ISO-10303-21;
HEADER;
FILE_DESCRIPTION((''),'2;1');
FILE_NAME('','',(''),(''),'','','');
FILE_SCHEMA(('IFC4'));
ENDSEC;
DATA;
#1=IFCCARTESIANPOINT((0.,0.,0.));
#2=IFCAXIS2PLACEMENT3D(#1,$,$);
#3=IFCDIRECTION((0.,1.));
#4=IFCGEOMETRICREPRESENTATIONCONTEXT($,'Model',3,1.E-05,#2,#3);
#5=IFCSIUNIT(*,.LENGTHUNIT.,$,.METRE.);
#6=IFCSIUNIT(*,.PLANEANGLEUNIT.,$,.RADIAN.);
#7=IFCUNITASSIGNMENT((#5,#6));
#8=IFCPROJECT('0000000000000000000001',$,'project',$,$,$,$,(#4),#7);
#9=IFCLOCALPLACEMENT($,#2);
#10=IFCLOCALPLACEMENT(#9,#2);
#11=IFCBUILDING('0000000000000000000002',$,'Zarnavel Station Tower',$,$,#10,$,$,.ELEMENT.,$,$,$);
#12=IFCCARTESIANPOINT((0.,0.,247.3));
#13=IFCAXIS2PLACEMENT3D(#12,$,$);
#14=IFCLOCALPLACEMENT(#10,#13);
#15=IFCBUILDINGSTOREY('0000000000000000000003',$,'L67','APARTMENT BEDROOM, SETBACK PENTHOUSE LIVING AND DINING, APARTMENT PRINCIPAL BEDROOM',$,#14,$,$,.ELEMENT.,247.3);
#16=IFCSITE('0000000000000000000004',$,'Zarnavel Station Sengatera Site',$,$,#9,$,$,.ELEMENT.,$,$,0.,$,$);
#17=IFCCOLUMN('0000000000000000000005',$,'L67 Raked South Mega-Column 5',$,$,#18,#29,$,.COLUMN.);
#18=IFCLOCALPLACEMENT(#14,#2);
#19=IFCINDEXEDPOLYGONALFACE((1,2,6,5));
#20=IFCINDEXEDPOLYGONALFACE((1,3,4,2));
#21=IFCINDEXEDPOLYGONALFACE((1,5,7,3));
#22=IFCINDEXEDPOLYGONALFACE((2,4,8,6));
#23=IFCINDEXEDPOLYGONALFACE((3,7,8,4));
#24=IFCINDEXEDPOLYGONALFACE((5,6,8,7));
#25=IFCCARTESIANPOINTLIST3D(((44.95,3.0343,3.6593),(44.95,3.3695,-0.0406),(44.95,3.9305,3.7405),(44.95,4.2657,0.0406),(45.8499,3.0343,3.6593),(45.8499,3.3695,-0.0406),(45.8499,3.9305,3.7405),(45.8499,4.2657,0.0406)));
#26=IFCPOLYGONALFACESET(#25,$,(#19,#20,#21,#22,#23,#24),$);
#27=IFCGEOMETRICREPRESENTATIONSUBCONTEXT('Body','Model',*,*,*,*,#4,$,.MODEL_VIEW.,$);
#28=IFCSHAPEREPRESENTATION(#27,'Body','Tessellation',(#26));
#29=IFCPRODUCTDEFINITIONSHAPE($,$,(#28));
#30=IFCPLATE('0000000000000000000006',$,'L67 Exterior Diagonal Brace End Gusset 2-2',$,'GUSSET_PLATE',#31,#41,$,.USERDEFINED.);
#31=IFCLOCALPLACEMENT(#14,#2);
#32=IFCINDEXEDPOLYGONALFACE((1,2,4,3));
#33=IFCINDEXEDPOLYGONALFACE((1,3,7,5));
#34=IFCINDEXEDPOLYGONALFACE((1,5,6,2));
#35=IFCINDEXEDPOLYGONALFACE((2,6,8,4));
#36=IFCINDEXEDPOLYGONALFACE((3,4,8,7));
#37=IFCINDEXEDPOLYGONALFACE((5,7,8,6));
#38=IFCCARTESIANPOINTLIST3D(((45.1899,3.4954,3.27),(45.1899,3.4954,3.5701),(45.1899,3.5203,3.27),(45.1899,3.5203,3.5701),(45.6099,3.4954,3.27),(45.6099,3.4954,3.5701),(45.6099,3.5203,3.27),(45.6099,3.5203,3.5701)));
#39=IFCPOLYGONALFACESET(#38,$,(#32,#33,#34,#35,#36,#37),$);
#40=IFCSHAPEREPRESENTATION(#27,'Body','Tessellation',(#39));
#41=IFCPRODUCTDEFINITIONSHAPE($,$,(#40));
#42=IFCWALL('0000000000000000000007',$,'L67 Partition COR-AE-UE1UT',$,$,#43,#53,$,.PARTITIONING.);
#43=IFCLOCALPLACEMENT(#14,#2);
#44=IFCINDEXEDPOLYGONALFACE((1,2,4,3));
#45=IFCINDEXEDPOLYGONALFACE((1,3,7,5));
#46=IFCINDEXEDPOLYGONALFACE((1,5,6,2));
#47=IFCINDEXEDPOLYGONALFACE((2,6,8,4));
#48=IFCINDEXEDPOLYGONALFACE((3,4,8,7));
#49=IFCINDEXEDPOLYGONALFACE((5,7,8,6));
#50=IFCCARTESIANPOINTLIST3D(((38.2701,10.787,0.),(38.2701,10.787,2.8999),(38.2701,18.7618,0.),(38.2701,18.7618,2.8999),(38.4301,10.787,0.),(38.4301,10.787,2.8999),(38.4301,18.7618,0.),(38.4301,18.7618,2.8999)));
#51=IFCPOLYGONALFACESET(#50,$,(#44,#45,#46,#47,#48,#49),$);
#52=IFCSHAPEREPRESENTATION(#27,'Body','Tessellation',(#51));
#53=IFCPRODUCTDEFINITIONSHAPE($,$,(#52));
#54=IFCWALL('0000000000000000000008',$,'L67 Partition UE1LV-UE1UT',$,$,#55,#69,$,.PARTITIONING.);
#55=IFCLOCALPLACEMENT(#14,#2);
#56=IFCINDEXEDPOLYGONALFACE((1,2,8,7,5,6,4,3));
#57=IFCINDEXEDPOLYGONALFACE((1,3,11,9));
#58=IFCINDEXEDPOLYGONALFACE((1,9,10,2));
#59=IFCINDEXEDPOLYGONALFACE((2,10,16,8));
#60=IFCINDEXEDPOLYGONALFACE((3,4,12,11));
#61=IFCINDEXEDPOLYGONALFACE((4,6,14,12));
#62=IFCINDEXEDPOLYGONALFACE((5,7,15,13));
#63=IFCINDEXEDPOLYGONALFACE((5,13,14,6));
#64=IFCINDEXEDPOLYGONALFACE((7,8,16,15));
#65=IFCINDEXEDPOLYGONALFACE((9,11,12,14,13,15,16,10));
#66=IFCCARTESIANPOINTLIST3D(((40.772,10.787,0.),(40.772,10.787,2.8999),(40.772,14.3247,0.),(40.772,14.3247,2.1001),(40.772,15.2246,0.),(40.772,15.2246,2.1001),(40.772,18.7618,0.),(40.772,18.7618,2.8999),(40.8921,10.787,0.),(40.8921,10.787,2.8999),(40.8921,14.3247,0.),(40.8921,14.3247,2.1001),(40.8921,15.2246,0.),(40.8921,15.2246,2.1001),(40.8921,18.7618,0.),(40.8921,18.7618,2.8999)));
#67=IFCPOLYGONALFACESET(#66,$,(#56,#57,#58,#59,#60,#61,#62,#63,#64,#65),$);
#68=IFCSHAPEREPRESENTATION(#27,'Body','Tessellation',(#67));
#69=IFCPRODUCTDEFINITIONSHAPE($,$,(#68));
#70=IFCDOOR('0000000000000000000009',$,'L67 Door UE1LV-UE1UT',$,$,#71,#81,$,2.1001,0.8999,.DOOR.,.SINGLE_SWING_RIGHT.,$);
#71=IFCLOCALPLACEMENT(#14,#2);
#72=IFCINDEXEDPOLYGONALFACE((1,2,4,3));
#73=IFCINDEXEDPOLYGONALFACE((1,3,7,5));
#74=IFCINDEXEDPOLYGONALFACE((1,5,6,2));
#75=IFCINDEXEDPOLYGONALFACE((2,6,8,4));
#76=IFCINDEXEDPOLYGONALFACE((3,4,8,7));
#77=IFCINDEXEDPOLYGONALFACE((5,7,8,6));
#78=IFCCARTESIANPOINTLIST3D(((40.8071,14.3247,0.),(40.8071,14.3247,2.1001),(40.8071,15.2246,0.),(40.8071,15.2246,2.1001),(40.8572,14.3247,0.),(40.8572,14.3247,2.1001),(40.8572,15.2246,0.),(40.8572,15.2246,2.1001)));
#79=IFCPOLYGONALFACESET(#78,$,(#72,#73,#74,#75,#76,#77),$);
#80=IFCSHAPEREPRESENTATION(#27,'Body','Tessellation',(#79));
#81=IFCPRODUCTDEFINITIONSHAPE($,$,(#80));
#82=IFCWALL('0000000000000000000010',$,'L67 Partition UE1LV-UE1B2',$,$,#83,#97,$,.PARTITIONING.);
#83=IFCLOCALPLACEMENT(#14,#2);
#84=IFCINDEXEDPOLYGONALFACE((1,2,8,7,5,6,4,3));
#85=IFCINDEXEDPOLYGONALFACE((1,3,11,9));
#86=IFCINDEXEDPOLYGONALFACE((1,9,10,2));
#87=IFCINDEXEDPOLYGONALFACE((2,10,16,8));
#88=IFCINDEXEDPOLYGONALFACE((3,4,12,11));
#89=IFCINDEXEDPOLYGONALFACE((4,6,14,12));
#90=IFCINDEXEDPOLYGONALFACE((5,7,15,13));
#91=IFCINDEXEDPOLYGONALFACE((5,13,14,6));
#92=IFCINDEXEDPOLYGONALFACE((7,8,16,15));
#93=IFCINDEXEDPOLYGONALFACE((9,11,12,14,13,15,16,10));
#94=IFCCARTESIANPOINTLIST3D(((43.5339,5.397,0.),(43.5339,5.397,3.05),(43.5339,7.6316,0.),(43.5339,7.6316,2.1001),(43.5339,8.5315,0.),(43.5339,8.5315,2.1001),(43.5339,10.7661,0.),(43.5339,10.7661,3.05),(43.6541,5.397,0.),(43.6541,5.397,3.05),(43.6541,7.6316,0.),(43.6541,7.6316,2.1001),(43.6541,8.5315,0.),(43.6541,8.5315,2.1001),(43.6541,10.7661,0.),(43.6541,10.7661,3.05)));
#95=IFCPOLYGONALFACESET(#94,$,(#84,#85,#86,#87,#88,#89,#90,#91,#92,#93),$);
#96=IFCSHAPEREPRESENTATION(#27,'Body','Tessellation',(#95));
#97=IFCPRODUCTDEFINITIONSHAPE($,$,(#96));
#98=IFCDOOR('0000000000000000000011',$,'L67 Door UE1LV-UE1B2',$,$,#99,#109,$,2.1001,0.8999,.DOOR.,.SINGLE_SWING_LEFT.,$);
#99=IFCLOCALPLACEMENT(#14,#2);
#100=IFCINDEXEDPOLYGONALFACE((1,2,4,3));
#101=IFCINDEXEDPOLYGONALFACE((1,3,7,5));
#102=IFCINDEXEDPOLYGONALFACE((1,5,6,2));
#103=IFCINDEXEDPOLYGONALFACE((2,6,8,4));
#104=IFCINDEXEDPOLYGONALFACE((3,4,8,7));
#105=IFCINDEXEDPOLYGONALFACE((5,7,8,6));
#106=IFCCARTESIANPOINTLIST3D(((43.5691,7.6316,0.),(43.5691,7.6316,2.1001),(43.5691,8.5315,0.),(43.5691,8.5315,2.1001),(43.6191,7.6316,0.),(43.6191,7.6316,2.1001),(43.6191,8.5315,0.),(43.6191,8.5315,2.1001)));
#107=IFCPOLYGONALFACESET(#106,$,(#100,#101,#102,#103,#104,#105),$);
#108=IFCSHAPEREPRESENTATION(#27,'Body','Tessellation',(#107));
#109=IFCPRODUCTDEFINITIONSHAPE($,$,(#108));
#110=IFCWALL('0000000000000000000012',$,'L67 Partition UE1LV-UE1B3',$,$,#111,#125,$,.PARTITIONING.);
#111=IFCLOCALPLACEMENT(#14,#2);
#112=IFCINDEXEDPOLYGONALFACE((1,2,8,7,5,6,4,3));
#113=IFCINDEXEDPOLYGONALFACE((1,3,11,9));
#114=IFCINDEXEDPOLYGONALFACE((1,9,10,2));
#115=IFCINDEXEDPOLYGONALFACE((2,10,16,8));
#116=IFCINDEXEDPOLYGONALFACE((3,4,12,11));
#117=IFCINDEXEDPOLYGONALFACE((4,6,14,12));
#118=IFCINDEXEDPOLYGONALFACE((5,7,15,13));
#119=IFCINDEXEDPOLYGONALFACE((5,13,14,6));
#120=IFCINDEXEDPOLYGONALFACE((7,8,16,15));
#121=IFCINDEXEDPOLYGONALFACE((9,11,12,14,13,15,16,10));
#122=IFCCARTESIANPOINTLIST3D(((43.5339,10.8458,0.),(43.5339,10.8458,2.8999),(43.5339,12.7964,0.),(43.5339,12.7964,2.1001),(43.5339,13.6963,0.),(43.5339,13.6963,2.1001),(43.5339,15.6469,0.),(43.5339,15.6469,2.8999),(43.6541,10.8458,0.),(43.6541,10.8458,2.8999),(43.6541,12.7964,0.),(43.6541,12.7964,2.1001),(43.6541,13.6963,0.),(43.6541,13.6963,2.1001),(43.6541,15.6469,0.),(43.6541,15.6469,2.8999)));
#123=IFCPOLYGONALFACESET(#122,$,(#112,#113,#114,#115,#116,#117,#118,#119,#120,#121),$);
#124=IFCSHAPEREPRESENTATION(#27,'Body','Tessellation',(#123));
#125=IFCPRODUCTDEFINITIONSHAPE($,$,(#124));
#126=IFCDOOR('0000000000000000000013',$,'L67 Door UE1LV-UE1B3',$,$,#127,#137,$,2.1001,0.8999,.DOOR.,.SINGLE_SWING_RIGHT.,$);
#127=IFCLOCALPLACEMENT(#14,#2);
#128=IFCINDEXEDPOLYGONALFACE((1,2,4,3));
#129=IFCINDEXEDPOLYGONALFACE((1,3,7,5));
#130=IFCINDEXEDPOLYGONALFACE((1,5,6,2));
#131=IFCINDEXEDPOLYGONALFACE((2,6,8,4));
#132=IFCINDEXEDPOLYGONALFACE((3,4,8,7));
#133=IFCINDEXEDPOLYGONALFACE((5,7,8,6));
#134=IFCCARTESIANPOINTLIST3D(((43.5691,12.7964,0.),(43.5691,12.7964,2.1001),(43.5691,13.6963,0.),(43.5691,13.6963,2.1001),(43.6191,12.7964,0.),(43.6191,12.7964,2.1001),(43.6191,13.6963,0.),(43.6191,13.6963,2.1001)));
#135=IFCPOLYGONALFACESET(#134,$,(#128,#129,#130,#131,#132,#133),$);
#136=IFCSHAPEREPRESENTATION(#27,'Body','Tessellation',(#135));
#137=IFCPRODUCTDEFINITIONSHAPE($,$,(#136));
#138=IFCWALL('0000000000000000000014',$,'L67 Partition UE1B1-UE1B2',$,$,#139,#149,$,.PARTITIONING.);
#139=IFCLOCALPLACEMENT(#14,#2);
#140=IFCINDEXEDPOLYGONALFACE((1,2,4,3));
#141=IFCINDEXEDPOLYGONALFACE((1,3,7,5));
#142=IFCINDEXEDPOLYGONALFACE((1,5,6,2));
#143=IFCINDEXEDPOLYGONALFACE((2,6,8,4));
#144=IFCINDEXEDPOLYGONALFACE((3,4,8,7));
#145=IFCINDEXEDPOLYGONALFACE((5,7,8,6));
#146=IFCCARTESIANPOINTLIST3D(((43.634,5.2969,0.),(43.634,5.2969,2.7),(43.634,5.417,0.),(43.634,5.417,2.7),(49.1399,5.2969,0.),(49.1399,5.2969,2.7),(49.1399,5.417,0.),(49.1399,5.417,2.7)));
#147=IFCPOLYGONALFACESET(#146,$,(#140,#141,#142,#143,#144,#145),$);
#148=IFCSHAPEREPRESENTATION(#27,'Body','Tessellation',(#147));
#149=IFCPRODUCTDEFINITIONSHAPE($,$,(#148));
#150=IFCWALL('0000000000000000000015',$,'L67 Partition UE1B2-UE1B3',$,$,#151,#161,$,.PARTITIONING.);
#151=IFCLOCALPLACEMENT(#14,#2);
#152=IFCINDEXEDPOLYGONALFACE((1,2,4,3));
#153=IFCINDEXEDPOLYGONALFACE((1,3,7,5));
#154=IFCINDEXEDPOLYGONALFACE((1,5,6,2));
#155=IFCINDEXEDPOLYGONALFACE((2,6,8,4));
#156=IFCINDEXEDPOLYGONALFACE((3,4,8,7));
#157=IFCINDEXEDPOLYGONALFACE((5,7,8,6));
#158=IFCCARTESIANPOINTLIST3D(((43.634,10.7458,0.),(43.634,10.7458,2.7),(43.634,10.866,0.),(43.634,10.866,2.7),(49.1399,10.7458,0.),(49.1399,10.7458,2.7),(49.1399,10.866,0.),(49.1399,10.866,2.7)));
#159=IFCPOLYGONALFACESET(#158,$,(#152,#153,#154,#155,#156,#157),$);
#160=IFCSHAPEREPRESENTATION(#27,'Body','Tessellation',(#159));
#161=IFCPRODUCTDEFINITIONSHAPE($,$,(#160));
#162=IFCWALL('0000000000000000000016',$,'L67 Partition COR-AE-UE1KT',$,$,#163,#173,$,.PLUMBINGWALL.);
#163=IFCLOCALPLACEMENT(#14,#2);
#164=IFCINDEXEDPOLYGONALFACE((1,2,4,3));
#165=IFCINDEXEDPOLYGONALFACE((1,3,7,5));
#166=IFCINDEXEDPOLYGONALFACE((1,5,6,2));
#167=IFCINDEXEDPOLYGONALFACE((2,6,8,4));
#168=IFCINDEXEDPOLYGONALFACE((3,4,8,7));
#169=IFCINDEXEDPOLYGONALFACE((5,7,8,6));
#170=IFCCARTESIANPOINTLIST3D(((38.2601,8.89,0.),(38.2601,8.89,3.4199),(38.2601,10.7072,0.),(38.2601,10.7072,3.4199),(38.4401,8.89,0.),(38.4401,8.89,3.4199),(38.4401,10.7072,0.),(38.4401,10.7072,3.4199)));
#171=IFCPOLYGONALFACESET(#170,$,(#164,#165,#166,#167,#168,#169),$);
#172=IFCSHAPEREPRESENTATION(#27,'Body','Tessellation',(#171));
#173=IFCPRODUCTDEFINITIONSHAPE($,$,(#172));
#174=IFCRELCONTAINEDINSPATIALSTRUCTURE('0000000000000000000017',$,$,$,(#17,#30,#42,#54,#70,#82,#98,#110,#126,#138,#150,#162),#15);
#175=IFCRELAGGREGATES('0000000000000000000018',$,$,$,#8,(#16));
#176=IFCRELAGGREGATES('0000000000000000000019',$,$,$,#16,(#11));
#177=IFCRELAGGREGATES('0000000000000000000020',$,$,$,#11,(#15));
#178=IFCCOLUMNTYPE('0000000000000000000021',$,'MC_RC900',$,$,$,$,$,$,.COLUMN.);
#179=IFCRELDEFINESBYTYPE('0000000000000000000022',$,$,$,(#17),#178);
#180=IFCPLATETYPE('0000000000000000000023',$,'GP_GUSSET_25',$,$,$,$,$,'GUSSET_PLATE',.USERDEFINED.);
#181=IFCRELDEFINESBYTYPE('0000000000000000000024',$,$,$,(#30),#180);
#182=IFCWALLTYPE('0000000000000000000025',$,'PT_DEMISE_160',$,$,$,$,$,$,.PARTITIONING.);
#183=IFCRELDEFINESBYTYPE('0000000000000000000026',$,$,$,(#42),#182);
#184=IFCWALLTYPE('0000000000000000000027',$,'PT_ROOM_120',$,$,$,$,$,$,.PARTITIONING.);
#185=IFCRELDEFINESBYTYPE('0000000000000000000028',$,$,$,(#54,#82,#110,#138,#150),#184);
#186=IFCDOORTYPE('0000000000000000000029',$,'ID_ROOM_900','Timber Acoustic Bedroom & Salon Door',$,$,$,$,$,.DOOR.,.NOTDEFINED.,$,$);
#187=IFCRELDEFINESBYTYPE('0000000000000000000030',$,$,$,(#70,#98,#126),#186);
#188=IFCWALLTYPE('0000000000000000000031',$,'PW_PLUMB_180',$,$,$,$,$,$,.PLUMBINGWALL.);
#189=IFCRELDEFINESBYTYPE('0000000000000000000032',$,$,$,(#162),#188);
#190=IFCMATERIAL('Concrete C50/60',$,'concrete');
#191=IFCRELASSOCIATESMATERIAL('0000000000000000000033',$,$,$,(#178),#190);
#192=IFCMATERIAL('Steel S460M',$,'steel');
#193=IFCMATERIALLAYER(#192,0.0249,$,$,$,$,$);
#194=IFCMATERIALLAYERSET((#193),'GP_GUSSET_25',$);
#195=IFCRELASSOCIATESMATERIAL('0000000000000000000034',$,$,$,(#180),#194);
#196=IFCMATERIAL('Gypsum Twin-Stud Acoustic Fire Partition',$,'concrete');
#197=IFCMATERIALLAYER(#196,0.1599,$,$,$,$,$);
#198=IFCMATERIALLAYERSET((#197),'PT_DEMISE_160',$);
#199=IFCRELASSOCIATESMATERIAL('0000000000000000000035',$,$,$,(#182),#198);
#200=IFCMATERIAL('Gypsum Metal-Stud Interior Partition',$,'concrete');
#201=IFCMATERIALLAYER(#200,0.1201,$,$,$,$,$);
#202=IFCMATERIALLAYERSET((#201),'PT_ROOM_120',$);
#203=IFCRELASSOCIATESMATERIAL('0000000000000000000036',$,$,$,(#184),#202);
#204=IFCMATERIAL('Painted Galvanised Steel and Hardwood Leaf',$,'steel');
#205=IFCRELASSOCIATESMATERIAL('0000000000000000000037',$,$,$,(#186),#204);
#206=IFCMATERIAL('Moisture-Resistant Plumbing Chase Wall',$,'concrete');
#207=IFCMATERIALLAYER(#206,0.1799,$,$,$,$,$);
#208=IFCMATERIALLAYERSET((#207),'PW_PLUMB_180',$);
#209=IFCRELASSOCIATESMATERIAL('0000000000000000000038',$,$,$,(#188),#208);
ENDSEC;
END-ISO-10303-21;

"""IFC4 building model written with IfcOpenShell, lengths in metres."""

from ifc_helpers import new_model, si_unit, direction, frame, frame_2d, origin, origin_2d, place, context, subcontext, project, spatial, rectangle, extrude, material, layer, layer_set, material_profile, profile_set, type_object, element, fill, save


model = new_model("IFC4")

# Units and contexts
model_context = context("Model", 3, precision=1e-05, world=origin(), true_north=direction((0.0, 1.0)))
body_context = subcontext(model_context, "Body", "Model", "MODEL_VIEW")
ifc_project = project(units=[si_unit("LENGTHUNIT", "METRE"), si_unit("PLANEANGLEUNIT", "RADIAN")], contexts=[model_context])

# Site, building, storey
site_placement = place(None, origin())
site = spatial("IfcSite", under=ifc_project, at=site_placement, Name="Zarnavel Station Sengatera Site", CompositionType="ELEMENT", RefElevation=0.0)
building_placement = place(site_placement, origin())
building = spatial("IfcBuilding", under=site, at=building_placement, Name="Zarnavel Station Tower", CompositionType="ELEMENT")
storey_placement = place(building_placement, frame((0.0, 0.0, 247.3)))
storey = spatial("IfcBuildingStorey", under=building, at=storey_placement, Name="L67", Description="APARTMENT BEDROOM, SETBACK PENTHOUSE LIVING AND DINING, APARTMENT PRINCIPAL BEDROOM", CompositionType="ELEMENT", Elevation=247.3)

# Column
ifc_material_1 = material(Name="Concrete C50/60", Category="concrete")
ifc_material_profile = material_profile(ifc_material_1, rectangle(XDim=0.8999, YDim=0.8999, at=origin_2d()), Name="RC900x900")
ifc_profile_set = profile_set([ifc_material_profile], Name="Concrete C50/60")
column_type = type_object("IfcColumnType", Name="MC_RC900", PredefinedType="COLUMN", material=ifc_profile_set)
column_placement = place(storey_placement, frame((45.3999, 3.8176, 0.0), z_axis=(0.0, -0.090228, 0.995921), x_axis=(1.0, 0.0, 0.0)))
element("IfcColumn", 1, at=column_placement, inside=storey, type_object=column_type, Name="L67 Raked South Mega-Column 5", PredefinedType="COLUMN", context=body_context, shape_type="SweptSolid", body=[
    extrude(rectangle(XDim=0.8999, YDim=0.8999, at=origin_2d()), origin(), (0.0, 0.0, 1.0), 3.7151),
])

# Plate
ifc_material_2 = material(Name="Steel S460M", Category="steel")
ifc_layer_1 = layer(ifc_material_2, 0.0249)
ifc_layer_set_1 = layer_set([ifc_layer_1], Name="GP_GUSSET_25")
plate_type = type_object("IfcPlateType", Name="GP_GUSSET_25", ElementType="GUSSET_PLATE", PredefinedType="USERDEFINED", material=ifc_layer_set_1)
plate_placement = place(storey_placement, frame((45.3999, 3.5078, 3.27), z_axis=(0.0, 0.0, 1.0), x_axis=(1.0, 0.0, 0.0)))
element("IfcPlate", 2, at=plate_placement, inside=storey, type_object=plate_type, Name="L67 Exterior Diagonal Brace End Gusset 2-2", ObjectType="GUSSET_PLATE", PredefinedType="USERDEFINED", context=body_context, shape_type="SweptSolid", body=[
    extrude(rectangle(XDim=0.4199, YDim=0.0249, at=origin_2d()), origin(), (0.0, 0.0, 1.0), 0.3),
])

# Wall
ifc_material_3 = material(Name="Gypsum Twin-Stud Acoustic Fire Partition", Category="concrete")
ifc_layer_2 = layer(ifc_material_3, 0.1599)
ifc_layer_set_2 = layer_set([ifc_layer_2], Name="PT_DEMISE_160")
wall_type_1 = type_object("IfcWallType", Name="PT_DEMISE_160", PredefinedType="PARTITIONING", material=ifc_layer_set_2)
wall_1_placement = place(storey_placement, frame((38.3501, 10.7871, 0.0), z_axis=(0.0, 0.0, 1.0), x_axis=(0.0, 1.0, 0.0)))
element("IfcWall", 3, at=wall_1_placement, inside=storey, type_object=wall_type_1, Name="L67 Partition COR-AE-UE1UT", PredefinedType="PARTITIONING", context=body_context, shape_type="SweptSolid", body=[
    extrude(rectangle(XDim=7.9749, YDim=0.1599, at=frame_2d((3.9873, 0.0))), origin(), (0.0, 0.0, 1.0), 2.8999),
])

# Walls, openings, doors
ifc_material_4 = material(Name="Gypsum Metal-Stud Interior Partition", Category="concrete")
ifc_layer_3 = layer(ifc_material_4, 0.1201)
ifc_layer_set_3 = layer_set([ifc_layer_3], Name="PT_ROOM_120")
wall_type_2 = type_object("IfcWallType", Name="PT_ROOM_120", PredefinedType="PARTITIONING", material=ifc_layer_set_3)
wall_2_placement = place(storey_placement, frame((40.832, 10.7871, 0.0), z_axis=(0.0, 0.0, 1.0), x_axis=(0.0, 1.0, 0.0)))
wall_2 = element("IfcWall", 4, at=wall_2_placement, inside=storey, type_object=wall_type_2, Name="L67 Partition UE1LV-UE1UT", PredefinedType="PARTITIONING", context=body_context, shape_type="SweptSolid", body=[
    extrude(rectangle(XDim=7.9749, YDim=0.1201, at=frame_2d((3.9873, 0.0))), origin(), (0.0, 0.0, 1.0), 2.8999),
])
opening_1_placement = place(wall_2_placement, frame((3.5376, 0.0, 0.0)))
opening_1 = element("IfcOpeningElement", 5, at=opening_1_placement, cuts=wall_2, PredefinedType="OPENING", context=body_context, shape_type="SweptSolid", body=[
    extrude(rectangle(XDim=0.8999, YDim=2.1001, at=frame_2d((0.45, 1.05))), frame((0.0, 0.0701, 0.0), z_axis=(0.0, -1.0, 0.0), x_axis=(1.0, 0.0, 0.0)), (0.0, 0.0, 1.0), 0.1401),
])
ifc_material_5 = material(Name="Painted Galvanised Steel and Hardwood Leaf", Category="steel")
door_type = type_object("IfcDoorType", Name="ID_ROOM_900", Description="Timber Acoustic Bedroom & Salon Door", OperationType="NOTDEFINED", PredefinedType="DOOR", material=ifc_material_5)
door_1_placement = place(opening_1_placement, origin())
door_1 = element("IfcDoor", 6, at=door_1_placement, inside=storey, type_object=door_type, Name="L67 Door UE1LV-UE1UT", OperationType="SINGLE_SWING_RIGHT", OverallHeight=2.1001, OverallWidth=0.8999, PredefinedType="DOOR", context=body_context, shape_type="SweptSolid", body=[
    extrude(rectangle(XDim=0.8999, YDim=2.1001, at=frame_2d((0.45, 1.05))), frame((0.0, 0.0249, 0.0), z_axis=(0.0, -1.0, 0.0), x_axis=(1.0, 0.0, 0.0)), (0.0, 0.0, 1.0), 0.05),
])
fill(opening_1, door_1)
wall_3_placement = place(storey_placement, frame((43.594, 5.397, 0.0), z_axis=(0.0, 0.0, 1.0), x_axis=(0.0, 1.0, 0.0)))
wall_3 = element("IfcWall", 7, at=wall_3_placement, inside=storey, type_object=wall_type_2, Name="L67 Partition UE1LV-UE1B2", PredefinedType="PARTITIONING", context=body_context, shape_type="SweptSolid", body=[
    extrude(rectangle(XDim=5.3691, YDim=0.1201, at=frame_2d((2.6846, 0.0))), origin(), (0.0, 0.0, 1.0), 3.05),
])
opening_2_placement = place(wall_3_placement, frame((2.2346, 0.0, 0.0)))
opening_2 = element("IfcOpeningElement", 8, at=opening_2_placement, cuts=wall_3, PredefinedType="OPENING", context=body_context, shape_type="SweptSolid", body=[
    extrude(rectangle(XDim=0.8999, YDim=2.1001, at=frame_2d((0.45, 1.05))), frame((0.0, 0.0701, 0.0), z_axis=(0.0, -1.0, 0.0), x_axis=(1.0, 0.0, 0.0)), (0.0, 0.0, 1.0), 0.1401),
])
door_2_placement = place(opening_2_placement, origin())
door_2 = element("IfcDoor", 9, at=door_2_placement, inside=storey, type_object=door_type, Name="L67 Door UE1LV-UE1B2", OperationType="SINGLE_SWING_LEFT", OverallHeight=2.1001, OverallWidth=0.8999, PredefinedType="DOOR", context=body_context, shape_type="SweptSolid", body=[
    extrude(rectangle(XDim=0.8999, YDim=2.1001, at=frame_2d((0.45, 1.05))), frame((0.0, 0.0249, 0.0), z_axis=(0.0, -1.0, 0.0), x_axis=(1.0, 0.0, 0.0)), (0.0, 0.0, 1.0), 0.05),
])
fill(opening_2, door_2)
wall_4_placement = place(storey_placement, frame((43.594, 10.8459, 0.0), z_axis=(0.0, 0.0, 1.0), x_axis=(0.0, 1.0, 0.0)))
wall_4 = element("IfcWall", 10, at=wall_4_placement, inside=storey, type_object=wall_type_2, Name="L67 Partition UE1LV-UE1B3", PredefinedType="PARTITIONING", context=body_context, shape_type="SweptSolid", body=[
    extrude(rectangle(XDim=4.801, YDim=0.1201, at=frame_2d((2.4004, 0.0))), origin(), (0.0, 0.0, 1.0), 2.8999),
])
opening_3_placement = place(wall_4_placement, frame((1.9504, 0.0, 0.0)))
opening_3 = element("IfcOpeningElement", 11, at=opening_3_placement, cuts=wall_4, PredefinedType="OPENING", context=body_context, shape_type="SweptSolid", body=[
    extrude(rectangle(XDim=0.8999, YDim=2.1001, at=frame_2d((0.45, 1.05))), frame((0.0, 0.0701, 0.0), z_axis=(0.0, -1.0, 0.0), x_axis=(1.0, 0.0, 0.0)), (0.0, 0.0, 1.0), 0.1401),
])
door_3_placement = place(opening_3_placement, origin())
door_3 = element("IfcDoor", 12, at=door_3_placement, inside=storey, type_object=door_type, Name="L67 Door UE1LV-UE1B3", OperationType="SINGLE_SWING_RIGHT", OverallHeight=2.1001, OverallWidth=0.8999, PredefinedType="DOOR", context=body_context, shape_type="SweptSolid", body=[
    extrude(rectangle(XDim=0.8999, YDim=2.1001, at=frame_2d((0.45, 1.05))), frame((0.0, 0.0249, 0.0), z_axis=(0.0, -1.0, 0.0), x_axis=(1.0, 0.0, 0.0)), (0.0, 0.0, 1.0), 0.05),
])
fill(opening_3, door_3)

# Walls
for number, where, z_axis, x_axis, name in (
    (13, (43.634, 5.3569, 0.0), (0.0, 0.0, 1.0), (1.0, 0.0, 0.0), "L67 Partition UE1B1-UE1B2"),
    (14, (43.634, 10.8059, 0.0), (0.0, 0.0, 1.0), (1.0, 0.0, 0.0), "L67 Partition UE1B2-UE1B3"),
):
    element("IfcWall", number, at=place(storey_placement, frame(where, z_axis=z_axis, x_axis=x_axis)), inside=storey, type_object=wall_type_2, Name=name, PredefinedType="PARTITIONING", context=body_context, shape_type="SweptSolid", body=[
        extrude(rectangle(XDim=5.5059, YDim=0.1201, at=frame_2d((2.7529, 0.0))), origin(), (0.0, 0.0, 1.0), 2.7),
    ])
ifc_material_6 = material(Name="Moisture-Resistant Plumbing Chase Wall", Category="concrete")
ifc_layer_4 = layer(ifc_material_6, 0.1799)
ifc_layer_set_4 = layer_set([ifc_layer_4], Name="PW_PLUMB_180")
wall_type_3 = type_object("IfcWallType", Name="PW_PLUMB_180", PredefinedType="PLUMBINGWALL", material=ifc_layer_set_4)
wall_5_placement = place(storey_placement, frame((38.3501, 8.8899, 0.0), z_axis=(0.0, 0.0, 1.0), x_axis=(0.0, 1.0, 0.0)))
element("IfcWall", 15, at=wall_5_placement, inside=storey, type_object=wall_type_3, Name="L67 Partition COR-AE-UE1KT", PredefinedType="PLUMBINGWALL", context=body_context, shape_type="SweptSolid", body=[
    extrude(rectangle(XDim=1.8171, YDim=0.1799, at=frame_2d((0.9087, 0.0))), origin(), (0.0, 0.0, 1.0), 3.4199),
])

save(model, "model.ifc")
